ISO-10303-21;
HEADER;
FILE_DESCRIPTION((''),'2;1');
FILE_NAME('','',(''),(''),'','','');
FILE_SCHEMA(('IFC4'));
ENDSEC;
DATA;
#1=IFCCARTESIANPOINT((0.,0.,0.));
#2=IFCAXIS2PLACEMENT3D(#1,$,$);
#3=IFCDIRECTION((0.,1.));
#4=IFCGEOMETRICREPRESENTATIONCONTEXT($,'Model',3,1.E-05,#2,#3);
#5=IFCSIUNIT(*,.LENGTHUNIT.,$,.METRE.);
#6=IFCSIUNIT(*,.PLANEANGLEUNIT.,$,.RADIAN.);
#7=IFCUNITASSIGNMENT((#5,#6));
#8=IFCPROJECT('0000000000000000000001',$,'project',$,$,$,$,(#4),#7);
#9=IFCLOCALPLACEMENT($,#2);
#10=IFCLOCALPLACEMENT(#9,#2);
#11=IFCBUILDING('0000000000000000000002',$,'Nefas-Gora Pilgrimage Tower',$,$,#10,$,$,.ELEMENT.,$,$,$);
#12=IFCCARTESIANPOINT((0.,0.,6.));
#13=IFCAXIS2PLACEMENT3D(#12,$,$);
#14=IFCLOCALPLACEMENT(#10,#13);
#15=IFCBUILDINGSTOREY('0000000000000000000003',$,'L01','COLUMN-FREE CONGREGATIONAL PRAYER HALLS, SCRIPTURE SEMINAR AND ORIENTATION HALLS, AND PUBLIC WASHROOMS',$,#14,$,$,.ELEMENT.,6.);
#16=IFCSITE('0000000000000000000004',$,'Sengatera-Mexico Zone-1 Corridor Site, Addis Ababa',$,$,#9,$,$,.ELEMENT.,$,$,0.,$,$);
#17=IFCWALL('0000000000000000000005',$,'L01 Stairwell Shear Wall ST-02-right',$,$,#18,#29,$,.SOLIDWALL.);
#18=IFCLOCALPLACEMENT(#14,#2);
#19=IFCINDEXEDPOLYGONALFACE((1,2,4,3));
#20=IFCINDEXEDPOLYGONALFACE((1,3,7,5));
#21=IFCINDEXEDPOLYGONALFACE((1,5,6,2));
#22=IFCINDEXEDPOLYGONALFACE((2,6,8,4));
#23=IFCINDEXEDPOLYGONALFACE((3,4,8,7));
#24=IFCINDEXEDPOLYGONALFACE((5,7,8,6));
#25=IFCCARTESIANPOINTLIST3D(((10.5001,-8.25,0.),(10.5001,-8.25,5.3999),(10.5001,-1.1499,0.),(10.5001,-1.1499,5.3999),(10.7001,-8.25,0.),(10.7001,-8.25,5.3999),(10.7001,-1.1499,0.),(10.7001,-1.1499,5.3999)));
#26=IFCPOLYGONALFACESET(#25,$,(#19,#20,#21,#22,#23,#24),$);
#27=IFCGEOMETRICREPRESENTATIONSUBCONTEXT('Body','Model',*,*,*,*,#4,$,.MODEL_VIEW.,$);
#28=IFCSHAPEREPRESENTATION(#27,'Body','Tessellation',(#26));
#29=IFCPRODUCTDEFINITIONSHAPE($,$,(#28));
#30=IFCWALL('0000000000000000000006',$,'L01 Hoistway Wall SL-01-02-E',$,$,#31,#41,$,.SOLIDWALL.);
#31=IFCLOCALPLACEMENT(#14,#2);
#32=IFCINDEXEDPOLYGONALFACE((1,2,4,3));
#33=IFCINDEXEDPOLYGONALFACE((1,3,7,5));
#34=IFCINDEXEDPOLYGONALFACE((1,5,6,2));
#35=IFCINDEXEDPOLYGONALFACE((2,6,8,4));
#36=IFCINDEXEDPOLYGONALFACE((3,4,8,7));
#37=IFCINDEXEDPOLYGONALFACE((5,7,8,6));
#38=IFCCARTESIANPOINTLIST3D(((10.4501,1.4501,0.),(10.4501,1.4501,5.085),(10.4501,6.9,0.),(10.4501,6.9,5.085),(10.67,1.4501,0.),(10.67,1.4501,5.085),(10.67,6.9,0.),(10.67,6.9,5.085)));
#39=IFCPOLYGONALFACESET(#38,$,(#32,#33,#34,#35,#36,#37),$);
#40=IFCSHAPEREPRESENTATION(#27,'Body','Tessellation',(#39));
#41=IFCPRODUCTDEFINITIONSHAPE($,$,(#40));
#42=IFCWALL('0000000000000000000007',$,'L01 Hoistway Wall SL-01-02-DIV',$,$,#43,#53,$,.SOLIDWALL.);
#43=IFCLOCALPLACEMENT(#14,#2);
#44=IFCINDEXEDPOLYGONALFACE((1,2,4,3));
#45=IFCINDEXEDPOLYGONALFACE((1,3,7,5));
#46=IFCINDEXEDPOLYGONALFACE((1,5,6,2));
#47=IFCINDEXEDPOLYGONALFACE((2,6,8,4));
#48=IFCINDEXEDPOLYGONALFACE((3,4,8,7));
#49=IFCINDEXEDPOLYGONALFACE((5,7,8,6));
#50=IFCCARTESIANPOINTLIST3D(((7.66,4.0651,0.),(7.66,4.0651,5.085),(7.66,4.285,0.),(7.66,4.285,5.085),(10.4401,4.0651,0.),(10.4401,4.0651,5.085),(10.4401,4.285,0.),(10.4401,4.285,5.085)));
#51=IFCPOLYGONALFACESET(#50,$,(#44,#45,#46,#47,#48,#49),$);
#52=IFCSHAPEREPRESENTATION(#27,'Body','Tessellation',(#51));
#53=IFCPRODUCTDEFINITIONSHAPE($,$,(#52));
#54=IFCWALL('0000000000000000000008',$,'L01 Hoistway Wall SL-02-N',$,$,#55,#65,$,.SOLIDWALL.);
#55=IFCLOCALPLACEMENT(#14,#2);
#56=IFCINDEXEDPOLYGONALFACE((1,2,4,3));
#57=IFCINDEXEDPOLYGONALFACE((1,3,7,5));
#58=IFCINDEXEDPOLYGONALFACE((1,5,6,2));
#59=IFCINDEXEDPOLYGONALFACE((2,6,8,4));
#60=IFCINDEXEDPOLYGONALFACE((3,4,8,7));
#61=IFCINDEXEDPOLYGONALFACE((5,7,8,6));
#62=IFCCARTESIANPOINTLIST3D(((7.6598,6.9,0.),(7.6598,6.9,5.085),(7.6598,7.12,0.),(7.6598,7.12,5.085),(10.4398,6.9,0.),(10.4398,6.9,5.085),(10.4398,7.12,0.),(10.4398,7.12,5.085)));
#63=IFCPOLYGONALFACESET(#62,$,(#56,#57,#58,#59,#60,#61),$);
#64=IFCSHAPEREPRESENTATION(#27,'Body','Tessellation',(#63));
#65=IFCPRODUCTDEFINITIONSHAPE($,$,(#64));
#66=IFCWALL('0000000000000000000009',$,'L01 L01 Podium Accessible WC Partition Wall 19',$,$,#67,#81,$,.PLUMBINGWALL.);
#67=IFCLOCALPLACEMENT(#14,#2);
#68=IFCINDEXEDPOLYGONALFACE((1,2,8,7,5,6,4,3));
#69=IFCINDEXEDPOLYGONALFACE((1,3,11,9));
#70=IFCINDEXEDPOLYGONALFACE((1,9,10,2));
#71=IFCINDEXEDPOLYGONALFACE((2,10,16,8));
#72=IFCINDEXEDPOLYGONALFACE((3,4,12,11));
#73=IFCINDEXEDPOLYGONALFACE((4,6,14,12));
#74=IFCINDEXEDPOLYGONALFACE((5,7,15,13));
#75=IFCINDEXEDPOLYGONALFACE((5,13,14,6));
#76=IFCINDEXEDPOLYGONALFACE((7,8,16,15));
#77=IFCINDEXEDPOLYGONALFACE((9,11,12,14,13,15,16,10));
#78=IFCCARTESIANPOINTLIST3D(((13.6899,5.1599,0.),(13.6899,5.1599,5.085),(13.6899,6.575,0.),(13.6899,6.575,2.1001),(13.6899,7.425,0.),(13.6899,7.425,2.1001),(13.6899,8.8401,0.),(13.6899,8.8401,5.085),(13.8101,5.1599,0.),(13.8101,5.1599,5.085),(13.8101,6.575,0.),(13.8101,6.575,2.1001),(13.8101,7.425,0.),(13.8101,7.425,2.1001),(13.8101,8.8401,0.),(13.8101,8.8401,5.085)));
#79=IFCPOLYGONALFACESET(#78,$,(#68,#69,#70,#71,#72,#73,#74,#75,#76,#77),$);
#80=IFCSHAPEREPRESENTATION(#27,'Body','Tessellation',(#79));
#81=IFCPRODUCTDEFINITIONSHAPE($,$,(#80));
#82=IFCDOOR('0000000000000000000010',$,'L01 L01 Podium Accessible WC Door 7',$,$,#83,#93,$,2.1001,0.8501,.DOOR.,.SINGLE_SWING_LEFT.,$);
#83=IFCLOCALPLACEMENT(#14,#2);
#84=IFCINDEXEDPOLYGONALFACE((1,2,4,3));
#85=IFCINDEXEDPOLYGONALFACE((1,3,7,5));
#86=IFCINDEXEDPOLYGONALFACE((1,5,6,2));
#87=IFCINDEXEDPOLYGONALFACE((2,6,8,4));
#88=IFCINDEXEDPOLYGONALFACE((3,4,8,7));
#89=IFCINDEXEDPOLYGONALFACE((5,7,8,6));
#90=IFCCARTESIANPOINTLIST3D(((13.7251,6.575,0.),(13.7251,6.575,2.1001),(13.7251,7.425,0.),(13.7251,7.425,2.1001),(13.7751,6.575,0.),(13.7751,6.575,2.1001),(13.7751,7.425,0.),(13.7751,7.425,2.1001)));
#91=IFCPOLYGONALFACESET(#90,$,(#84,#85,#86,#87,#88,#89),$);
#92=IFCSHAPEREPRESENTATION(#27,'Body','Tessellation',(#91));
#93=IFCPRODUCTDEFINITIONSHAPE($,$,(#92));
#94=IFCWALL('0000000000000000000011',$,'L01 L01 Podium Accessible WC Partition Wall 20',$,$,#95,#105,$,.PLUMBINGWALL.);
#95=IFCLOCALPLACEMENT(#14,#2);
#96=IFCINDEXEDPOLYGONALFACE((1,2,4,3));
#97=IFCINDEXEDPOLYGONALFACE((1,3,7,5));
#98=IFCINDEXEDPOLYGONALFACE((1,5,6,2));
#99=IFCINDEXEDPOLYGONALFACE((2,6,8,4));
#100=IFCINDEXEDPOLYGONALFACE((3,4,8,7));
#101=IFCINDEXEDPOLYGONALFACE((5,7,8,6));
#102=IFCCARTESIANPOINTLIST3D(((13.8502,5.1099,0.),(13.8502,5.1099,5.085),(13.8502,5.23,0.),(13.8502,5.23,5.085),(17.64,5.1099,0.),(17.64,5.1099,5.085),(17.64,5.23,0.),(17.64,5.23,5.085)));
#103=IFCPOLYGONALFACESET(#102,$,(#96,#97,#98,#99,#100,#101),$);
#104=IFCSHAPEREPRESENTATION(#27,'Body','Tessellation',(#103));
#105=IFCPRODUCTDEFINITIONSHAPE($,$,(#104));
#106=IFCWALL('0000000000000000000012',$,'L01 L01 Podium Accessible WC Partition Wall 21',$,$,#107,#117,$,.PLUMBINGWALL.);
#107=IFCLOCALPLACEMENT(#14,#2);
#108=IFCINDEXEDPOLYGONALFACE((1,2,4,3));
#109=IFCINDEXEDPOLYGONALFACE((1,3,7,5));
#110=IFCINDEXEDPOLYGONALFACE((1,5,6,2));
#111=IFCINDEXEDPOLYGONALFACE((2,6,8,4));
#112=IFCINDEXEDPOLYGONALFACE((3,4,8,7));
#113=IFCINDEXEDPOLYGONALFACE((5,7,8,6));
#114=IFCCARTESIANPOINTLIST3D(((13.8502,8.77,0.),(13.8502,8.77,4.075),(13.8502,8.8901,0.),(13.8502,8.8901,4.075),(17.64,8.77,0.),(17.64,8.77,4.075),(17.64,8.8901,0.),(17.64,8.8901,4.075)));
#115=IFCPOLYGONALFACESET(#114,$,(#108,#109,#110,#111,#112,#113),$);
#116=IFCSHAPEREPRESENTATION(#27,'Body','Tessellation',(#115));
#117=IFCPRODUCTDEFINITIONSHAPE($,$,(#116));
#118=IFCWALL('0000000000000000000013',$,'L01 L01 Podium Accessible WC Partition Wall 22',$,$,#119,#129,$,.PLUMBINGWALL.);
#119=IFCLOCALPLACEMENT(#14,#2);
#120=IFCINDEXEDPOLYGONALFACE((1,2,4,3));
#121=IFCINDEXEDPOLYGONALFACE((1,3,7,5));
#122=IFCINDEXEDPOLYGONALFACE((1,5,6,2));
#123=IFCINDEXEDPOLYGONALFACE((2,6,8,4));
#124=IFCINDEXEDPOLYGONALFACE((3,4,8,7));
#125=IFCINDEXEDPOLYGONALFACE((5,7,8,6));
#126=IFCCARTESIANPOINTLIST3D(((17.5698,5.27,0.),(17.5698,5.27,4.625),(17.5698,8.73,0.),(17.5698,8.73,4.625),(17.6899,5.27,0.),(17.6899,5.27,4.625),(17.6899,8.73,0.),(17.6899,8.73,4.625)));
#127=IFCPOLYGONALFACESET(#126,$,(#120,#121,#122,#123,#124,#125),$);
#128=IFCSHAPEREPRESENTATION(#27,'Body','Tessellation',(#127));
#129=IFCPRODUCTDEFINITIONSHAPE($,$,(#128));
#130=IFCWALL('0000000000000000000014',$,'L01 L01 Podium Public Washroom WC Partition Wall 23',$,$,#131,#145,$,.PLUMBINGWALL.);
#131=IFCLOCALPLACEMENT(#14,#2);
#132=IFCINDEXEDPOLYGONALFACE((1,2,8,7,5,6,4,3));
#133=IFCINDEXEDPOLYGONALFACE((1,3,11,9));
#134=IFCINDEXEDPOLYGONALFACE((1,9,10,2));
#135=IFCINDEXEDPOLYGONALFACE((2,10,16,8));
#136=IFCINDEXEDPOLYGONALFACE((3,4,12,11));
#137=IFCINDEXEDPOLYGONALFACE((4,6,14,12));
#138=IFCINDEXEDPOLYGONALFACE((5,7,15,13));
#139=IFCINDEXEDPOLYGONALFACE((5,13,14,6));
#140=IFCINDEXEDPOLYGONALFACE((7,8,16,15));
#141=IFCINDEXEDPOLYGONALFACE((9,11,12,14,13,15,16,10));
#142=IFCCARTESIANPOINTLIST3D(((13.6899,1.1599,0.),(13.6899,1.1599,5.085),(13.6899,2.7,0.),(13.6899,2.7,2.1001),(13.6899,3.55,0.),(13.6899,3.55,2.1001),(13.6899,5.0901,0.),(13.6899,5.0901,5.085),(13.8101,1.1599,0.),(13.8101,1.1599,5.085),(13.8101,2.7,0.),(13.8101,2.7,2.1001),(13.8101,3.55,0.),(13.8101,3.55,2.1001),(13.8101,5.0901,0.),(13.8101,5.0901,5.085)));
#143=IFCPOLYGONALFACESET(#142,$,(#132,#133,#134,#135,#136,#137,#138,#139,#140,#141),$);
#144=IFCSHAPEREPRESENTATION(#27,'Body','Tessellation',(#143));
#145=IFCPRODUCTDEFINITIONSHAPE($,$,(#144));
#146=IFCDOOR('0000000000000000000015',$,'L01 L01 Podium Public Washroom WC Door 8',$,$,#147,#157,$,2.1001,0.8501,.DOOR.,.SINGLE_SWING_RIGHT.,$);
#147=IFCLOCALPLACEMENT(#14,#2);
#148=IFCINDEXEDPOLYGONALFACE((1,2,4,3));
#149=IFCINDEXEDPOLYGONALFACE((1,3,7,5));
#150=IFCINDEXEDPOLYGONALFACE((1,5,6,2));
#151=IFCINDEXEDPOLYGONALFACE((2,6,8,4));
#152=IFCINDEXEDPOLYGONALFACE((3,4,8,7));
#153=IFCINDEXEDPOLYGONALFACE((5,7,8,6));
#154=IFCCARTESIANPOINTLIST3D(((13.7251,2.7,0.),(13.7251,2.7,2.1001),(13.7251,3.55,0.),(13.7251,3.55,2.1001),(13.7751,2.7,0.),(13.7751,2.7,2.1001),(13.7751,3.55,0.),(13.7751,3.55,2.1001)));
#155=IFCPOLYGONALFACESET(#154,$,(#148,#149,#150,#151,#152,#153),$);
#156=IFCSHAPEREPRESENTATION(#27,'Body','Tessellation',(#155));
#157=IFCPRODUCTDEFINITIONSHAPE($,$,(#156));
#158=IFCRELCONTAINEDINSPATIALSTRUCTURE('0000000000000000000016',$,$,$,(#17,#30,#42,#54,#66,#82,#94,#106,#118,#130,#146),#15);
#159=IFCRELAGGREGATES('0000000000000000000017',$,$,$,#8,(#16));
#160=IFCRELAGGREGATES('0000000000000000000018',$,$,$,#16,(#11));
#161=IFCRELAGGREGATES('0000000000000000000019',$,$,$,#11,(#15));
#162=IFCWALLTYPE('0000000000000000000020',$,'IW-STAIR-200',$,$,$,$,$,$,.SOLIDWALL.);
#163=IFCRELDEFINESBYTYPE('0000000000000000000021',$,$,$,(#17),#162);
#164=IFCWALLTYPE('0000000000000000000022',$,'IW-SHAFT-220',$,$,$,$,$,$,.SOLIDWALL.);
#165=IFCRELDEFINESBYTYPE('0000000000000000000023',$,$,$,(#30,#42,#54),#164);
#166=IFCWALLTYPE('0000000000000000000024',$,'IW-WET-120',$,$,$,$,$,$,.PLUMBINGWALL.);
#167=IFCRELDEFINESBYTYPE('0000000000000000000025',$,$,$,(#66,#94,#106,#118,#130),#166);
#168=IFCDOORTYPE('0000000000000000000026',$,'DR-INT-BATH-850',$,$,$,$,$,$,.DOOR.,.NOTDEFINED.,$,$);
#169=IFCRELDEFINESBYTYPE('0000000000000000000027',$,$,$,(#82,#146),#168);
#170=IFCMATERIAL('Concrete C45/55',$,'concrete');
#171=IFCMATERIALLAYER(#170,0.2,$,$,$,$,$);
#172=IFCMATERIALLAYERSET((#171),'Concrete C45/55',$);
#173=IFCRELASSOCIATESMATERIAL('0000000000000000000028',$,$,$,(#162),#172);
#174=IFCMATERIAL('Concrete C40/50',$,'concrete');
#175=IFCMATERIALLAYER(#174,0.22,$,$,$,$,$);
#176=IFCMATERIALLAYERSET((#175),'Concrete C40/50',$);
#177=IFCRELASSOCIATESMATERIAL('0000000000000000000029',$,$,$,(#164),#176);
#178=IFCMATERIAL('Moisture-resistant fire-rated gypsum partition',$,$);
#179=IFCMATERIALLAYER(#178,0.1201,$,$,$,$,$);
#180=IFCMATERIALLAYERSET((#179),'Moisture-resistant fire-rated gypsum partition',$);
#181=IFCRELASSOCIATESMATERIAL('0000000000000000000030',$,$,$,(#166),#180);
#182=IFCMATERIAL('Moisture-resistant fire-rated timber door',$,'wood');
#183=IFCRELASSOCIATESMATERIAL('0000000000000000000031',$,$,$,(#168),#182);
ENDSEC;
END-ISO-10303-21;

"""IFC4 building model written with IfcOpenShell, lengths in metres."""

from ifc_helpers import new_model, si_unit, direction, frame, frame_2d, origin, place, context, subcontext, project, spatial, rectangle, extrude, source, transform, mapped, material, layer, layer_set, type_object, element, fill, save


model = new_model("IFC4")

# Units and contexts
model_context = context("Model", 3, precision=1e-05, world=origin(), true_north=direction((0.0, 1.0)))
body_context = subcontext(model_context, "Body", "Model", "MODEL_VIEW")
ifc_project = project(units=[si_unit("LENGTHUNIT", "METRE"), si_unit("PLANEANGLEUNIT", "RADIAN")], contexts=[model_context])

# Site, building, storey
site_placement = place(None, origin())
site = spatial("IfcSite", under=ifc_project, at=site_placement, Name="Sengatera-Mexico Zone-1 Corridor Site, Addis Ababa", CompositionType="ELEMENT", RefElevation=0.0)
building_placement = place(site_placement, origin())
building = spatial("IfcBuilding", under=site, at=building_placement, Name="Nefas-Gora Pilgrimage Tower", CompositionType="ELEMENT")
storey_placement = place(building_placement, frame((0.0, 0.0, 6.0)))
storey = spatial("IfcBuildingStorey", under=building, at=storey_placement, Name="L01", Description="COLUMN-FREE CONGREGATIONAL PRAYER HALLS, SCRIPTURE SEMINAR AND ORIENTATION HALLS, AND PUBLIC WASHROOMS", CompositionType="ELEMENT", Elevation=6.0)

# Walls
ifc_material_1 = material(Name="Concrete C45/55", Category="concrete")
ifc_layer_1 = layer(ifc_material_1, 0.2)
ifc_layer_set_1 = layer_set([ifc_layer_1], Name="Concrete C45/55")
wall_type_1 = type_object("IfcWallType", Name="IW-STAIR-200", PredefinedType="SOLIDWALL", material=ifc_layer_set_1)
shared_shape_1 = source(origin(), body_context, "Body", "SweptSolid", [
    extrude(rectangle(XDim=7.1001, YDim=0.2, at=frame_2d((3.55, 0.0))), origin(), (0.0, 0.0, 1.0), 5.3999),
])
wall_1_placement = place(storey_placement, frame((10.6001, -1.1499, 0.0), z_axis=(0.0, 0.0, 1.0), x_axis=(0.0, -1.0, 0.0)))
element("IfcWall", 1, at=wall_1_placement, inside=storey, type_object=wall_type_1, Name="L01 Stairwell Shear Wall ST-02-right", PredefinedType="SOLIDWALL", context=body_context, shape_type="MappedRepresentation", body=[
    mapped(shared_shape_1, transform((0.0, 0.0, 0.0), x_axis=(1.0, 0.0, 0.0), y_axis=(0.0, 1.0, 0.0), z_axis=(0.0, 0.0, 1.0), scale=1.0)),
])
ifc_material_2 = material(Name="Concrete C40/50", Category="concrete")
ifc_layer_2 = layer(ifc_material_2, 0.22)
ifc_layer_set_2 = layer_set([ifc_layer_2], Name="Concrete C40/50")
wall_type_2 = type_object("IfcWallType", Name="IW-SHAFT-220", PredefinedType="SOLIDWALL", material=ifc_layer_set_2)
shared_shape_2 = source(origin(), body_context, "Body", "SweptSolid", [
    extrude(rectangle(XDim=5.45, YDim=0.22, at=frame_2d((2.7251, 0.0))), origin(), (0.0, 0.0, 1.0), 5.085),
])
wall_2_placement = place(storey_placement, frame((10.5601, 1.45, 0.0), z_axis=(0.0, 0.0, 1.0), x_axis=(0.0, 1.0, 0.0)))
element("IfcWall", 2, at=wall_2_placement, inside=storey, type_object=wall_type_2, Name="L01 Hoistway Wall SL-01-02-E", PredefinedType="SOLIDWALL", context=body_context, shape_type="MappedRepresentation", body=[
    mapped(shared_shape_2, transform((0.0, 0.0, 0.0), x_axis=(1.0, 0.0, 0.0), y_axis=(0.0, 1.0, 0.0), z_axis=(0.0, 0.0, 1.0), scale=1.0)),
])
shared_shape_3 = source(origin(), body_context, "Body", "SweptSolid", [
    extrude(rectangle(XDim=2.78, YDim=0.22, at=frame_2d((1.3901, 0.0))), origin(), (0.0, 0.0, 1.0), 5.085),
])
for number, where, z_axis, x_axis, name in (
    (3, (7.6599, 4.175, 0.0), (0.0, 0.0, 1.0), (1.0, 0.0, 0.0), "L01 Hoistway Wall SL-01-02-DIV"),
    (4, (10.4399, 7.01, 0.0), (0.0, 0.0, 1.0), (-1.0, 0.0, 0.0), "L01 Hoistway Wall SL-02-N"),
):
    element("IfcWall", number, at=place(storey_placement, frame(where, z_axis=z_axis, x_axis=x_axis)), inside=storey, type_object=wall_type_2, Name=name, PredefinedType="SOLIDWALL", context=body_context, shape_type="MappedRepresentation", body=[
        mapped(shared_shape_3, transform((0.0, 0.0, 0.0), x_axis=(1.0, 0.0, 0.0), y_axis=(0.0, 1.0, 0.0), z_axis=(0.0, 0.0, 1.0), scale=1.0)),
    ])

# Wall, opening, door
ifc_material_3 = material(Name="Moisture-resistant fire-rated gypsum partition")
ifc_layer_3 = layer(ifc_material_3, 0.1201)
ifc_layer_set_3 = layer_set([ifc_layer_3], Name="Moisture-resistant fire-rated gypsum partition")
wall_type_3 = type_object("IfcWallType", Name="IW-WET-120", PredefinedType="PLUMBINGWALL", material=ifc_layer_set_3)
shared_shape_4 = source(origin(), body_context, "Body", "SweptSolid", [
    extrude(rectangle(XDim=3.6802, YDim=0.1201, at=frame_2d((1.8401, 0.0))), origin(), (0.0, 0.0, 1.0), 5.085),
])
wall_3_placement = place(storey_placement, frame((13.75, 5.1599, 0.0), z_axis=(0.0, 0.0, 1.0), x_axis=(0.0, 1.0, 0.0)))
wall_3 = element("IfcWall", 5, at=wall_3_placement, inside=storey, type_object=wall_type_3, Name="L01 L01 Podium Accessible WC Partition Wall 19", PredefinedType="PLUMBINGWALL", context=body_context, shape_type="MappedRepresentation", body=[
    mapped(shared_shape_4, transform((0.0, 0.0, 0.0), x_axis=(1.0, 0.0, 0.0), y_axis=(0.0, 1.0, 0.0), z_axis=(0.0, 0.0, 1.0), scale=1.0)),
])
opening_1_placement = place(wall_3_placement, frame((1.415, 0.0, 0.0)))
opening_1 = element("IfcOpeningElement", 6, at=opening_1_placement, cuts=wall_3, PredefinedType="OPENING", context=body_context, shape_type="SweptSolid", body=[
    extrude(rectangle(XDim=0.8501, YDim=2.1001, at=frame_2d((0.425, 1.05))), frame((0.0, 0.0701, 0.0), z_axis=(0.0, -1.0, 0.0), x_axis=(1.0, 0.0, 0.0)), (0.0, 0.0, 1.0), 0.1401),
])
ifc_material_4 = material(Name="Moisture-resistant fire-rated timber door", Category="wood")
door_type = type_object("IfcDoorType", Name="DR-INT-BATH-850", OperationType="NOTDEFINED", PredefinedType="DOOR", material=ifc_material_4)
shared_shape_5 = source(origin(), body_context, "Body", "SweptSolid", [
    extrude(rectangle(XDim=0.8501, YDim=2.1001, at=frame_2d((0.425, 1.05))), frame((0.0, 0.0249, 0.0), z_axis=(0.0, -1.0, 0.0), x_axis=(1.0, 0.0, 0.0)), (0.0, 0.0, 1.0), 0.05),
])
door_1_placement = place(opening_1_placement, origin())
door_1 = element("IfcDoor", 7, at=door_1_placement, inside=storey, type_object=door_type, Name="L01 L01 Podium Accessible WC Door 7", OperationType="SINGLE_SWING_LEFT", OverallHeight=2.1001, OverallWidth=0.8501, PredefinedType="DOOR", context=body_context, shape_type="MappedRepresentation", body=[
    mapped(shared_shape_5, transform((0.0, 0.0, 0.0), x_axis=(1.0, 0.0, 0.0), y_axis=(0.0, 1.0, 0.0), z_axis=(0.0, 0.0, 1.0), scale=1.0)),
])
fill(opening_1, door_1)

# Walls
shared_shape_6 = source(origin(), body_context, "Body", "SweptSolid", [
    extrude(rectangle(XDim=3.7898, YDim=0.1201, at=frame_2d((1.895, 0.0))), origin(), (0.0, 0.0, 1.0), 5.085),
])
wall_4_placement = place(storey_placement, frame((13.8501, 5.1699, 0.0), z_axis=(0.0, 0.0, 1.0), x_axis=(1.0, 0.0, 0.0)))
element("IfcWall", 8, at=wall_4_placement, inside=storey, type_object=wall_type_3, Name="L01 L01 Podium Accessible WC Partition Wall 20", PredefinedType="PLUMBINGWALL", context=body_context, shape_type="MappedRepresentation", body=[
    mapped(shared_shape_6, transform((0.0, 0.0, 0.0), x_axis=(1.0, 0.0, 0.0), y_axis=(0.0, 1.0, 0.0), z_axis=(0.0, 0.0, 1.0), scale=1.0)),
])
shared_shape_7 = source(origin(), body_context, "Body", "SweptSolid", [
    extrude(rectangle(XDim=3.7898, YDim=0.1201, at=frame_2d((1.895, 0.0))), origin(), (0.0, 0.0, 1.0), 4.075),
])
wall_5_placement = place(storey_placement, frame((13.8501, 8.8301, 0.0), z_axis=(0.0, 0.0, 1.0), x_axis=(1.0, 0.0, 0.0)))
element("IfcWall", 9, at=wall_5_placement, inside=storey, type_object=wall_type_3, Name="L01 L01 Podium Accessible WC Partition Wall 21", PredefinedType="PLUMBINGWALL", context=body_context, shape_type="MappedRepresentation", body=[
    mapped(shared_shape_7, transform((0.0, 0.0, 0.0), x_axis=(1.0, 0.0, 0.0), y_axis=(0.0, 1.0, 0.0), z_axis=(0.0, 0.0, 1.0), scale=1.0)),
])
shared_shape_8 = source(origin(), body_context, "Body", "SweptSolid", [
    extrude(rectangle(XDim=3.46, YDim=0.1201, at=frame_2d((1.73, 0.0))), origin(), (0.0, 0.0, 1.0), 4.625),
])
wall_6_placement = place(storey_placement, frame((17.6299, 5.27, 0.0), z_axis=(0.0, 0.0, 1.0), x_axis=(0.0, 1.0, 0.0)))
element("IfcWall", 10, at=wall_6_placement, inside=storey, type_object=wall_type_3, Name="L01 L01 Podium Accessible WC Partition Wall 22", PredefinedType="PLUMBINGWALL", context=body_context, shape_type="MappedRepresentation", body=[
    mapped(shared_shape_8, transform((0.0, 0.0, 0.0), x_axis=(1.0, 0.0, 0.0), y_axis=(0.0, 1.0, 0.0), z_axis=(0.0, 0.0, 1.0), scale=1.0)),
])

# Wall, opening, door
shared_shape_9 = source(origin(), body_context, "Body", "SweptSolid", [
    extrude(rectangle(XDim=3.9302, YDim=0.1201, at=frame_2d((1.9651, 0.0))), origin(), (0.0, 0.0, 1.0), 5.085),
])
wall_7_placement = place(storey_placement, frame((13.75, 1.1599, 0.0), z_axis=(0.0, 0.0, 1.0), x_axis=(0.0, 1.0, 0.0)))
wall_7 = element("IfcWall", 11, at=wall_7_placement, inside=storey, type_object=wall_type_3, Name="L01 L01 Podium Public Washroom WC Partition Wall 23", PredefinedType="PLUMBINGWALL", context=body_context, shape_type="MappedRepresentation", body=[
    mapped(shared_shape_9, transform((0.0, 0.0, 0.0), x_axis=(1.0, 0.0, 0.0), y_axis=(0.0, 1.0, 0.0), z_axis=(0.0, 0.0, 1.0), scale=1.0)),
])
opening_2_placement = place(wall_7_placement, frame((1.54, 0.0, 0.0)))
opening_2 = element("IfcOpeningElement", 12, at=opening_2_placement, cuts=wall_7, PredefinedType="OPENING", context=body_context, shape_type="SweptSolid", body=[
    extrude(rectangle(XDim=0.8501, YDim=2.1001, at=frame_2d((0.425, 1.05))), frame((0.0, 0.0701, 0.0), z_axis=(0.0, -1.0, 0.0), x_axis=(1.0, 0.0, 0.0)), (0.0, 0.0, 1.0), 0.1401),
])
door_2_placement = place(opening_2_placement, origin())
door_2 = element("IfcDoor", 13, at=door_2_placement, inside=storey, type_object=door_type, Name="L01 L01 Podium Public Washroom WC Door 8", OperationType="SINGLE_SWING_RIGHT", OverallHeight=2.1001, OverallWidth=0.8501, PredefinedType="DOOR", context=body_context, shape_type="MappedRepresentation", body=[
    mapped(shared_shape_5, transform((0.0, 0.0, 0.0), x_axis=(1.0, 0.0, 0.0), y_axis=(0.0, 1.0, 0.0), z_axis=(0.0, 0.0, 1.0), scale=1.0)),
])
fill(opening_2, door_2)

save(model, "model.ifc")
